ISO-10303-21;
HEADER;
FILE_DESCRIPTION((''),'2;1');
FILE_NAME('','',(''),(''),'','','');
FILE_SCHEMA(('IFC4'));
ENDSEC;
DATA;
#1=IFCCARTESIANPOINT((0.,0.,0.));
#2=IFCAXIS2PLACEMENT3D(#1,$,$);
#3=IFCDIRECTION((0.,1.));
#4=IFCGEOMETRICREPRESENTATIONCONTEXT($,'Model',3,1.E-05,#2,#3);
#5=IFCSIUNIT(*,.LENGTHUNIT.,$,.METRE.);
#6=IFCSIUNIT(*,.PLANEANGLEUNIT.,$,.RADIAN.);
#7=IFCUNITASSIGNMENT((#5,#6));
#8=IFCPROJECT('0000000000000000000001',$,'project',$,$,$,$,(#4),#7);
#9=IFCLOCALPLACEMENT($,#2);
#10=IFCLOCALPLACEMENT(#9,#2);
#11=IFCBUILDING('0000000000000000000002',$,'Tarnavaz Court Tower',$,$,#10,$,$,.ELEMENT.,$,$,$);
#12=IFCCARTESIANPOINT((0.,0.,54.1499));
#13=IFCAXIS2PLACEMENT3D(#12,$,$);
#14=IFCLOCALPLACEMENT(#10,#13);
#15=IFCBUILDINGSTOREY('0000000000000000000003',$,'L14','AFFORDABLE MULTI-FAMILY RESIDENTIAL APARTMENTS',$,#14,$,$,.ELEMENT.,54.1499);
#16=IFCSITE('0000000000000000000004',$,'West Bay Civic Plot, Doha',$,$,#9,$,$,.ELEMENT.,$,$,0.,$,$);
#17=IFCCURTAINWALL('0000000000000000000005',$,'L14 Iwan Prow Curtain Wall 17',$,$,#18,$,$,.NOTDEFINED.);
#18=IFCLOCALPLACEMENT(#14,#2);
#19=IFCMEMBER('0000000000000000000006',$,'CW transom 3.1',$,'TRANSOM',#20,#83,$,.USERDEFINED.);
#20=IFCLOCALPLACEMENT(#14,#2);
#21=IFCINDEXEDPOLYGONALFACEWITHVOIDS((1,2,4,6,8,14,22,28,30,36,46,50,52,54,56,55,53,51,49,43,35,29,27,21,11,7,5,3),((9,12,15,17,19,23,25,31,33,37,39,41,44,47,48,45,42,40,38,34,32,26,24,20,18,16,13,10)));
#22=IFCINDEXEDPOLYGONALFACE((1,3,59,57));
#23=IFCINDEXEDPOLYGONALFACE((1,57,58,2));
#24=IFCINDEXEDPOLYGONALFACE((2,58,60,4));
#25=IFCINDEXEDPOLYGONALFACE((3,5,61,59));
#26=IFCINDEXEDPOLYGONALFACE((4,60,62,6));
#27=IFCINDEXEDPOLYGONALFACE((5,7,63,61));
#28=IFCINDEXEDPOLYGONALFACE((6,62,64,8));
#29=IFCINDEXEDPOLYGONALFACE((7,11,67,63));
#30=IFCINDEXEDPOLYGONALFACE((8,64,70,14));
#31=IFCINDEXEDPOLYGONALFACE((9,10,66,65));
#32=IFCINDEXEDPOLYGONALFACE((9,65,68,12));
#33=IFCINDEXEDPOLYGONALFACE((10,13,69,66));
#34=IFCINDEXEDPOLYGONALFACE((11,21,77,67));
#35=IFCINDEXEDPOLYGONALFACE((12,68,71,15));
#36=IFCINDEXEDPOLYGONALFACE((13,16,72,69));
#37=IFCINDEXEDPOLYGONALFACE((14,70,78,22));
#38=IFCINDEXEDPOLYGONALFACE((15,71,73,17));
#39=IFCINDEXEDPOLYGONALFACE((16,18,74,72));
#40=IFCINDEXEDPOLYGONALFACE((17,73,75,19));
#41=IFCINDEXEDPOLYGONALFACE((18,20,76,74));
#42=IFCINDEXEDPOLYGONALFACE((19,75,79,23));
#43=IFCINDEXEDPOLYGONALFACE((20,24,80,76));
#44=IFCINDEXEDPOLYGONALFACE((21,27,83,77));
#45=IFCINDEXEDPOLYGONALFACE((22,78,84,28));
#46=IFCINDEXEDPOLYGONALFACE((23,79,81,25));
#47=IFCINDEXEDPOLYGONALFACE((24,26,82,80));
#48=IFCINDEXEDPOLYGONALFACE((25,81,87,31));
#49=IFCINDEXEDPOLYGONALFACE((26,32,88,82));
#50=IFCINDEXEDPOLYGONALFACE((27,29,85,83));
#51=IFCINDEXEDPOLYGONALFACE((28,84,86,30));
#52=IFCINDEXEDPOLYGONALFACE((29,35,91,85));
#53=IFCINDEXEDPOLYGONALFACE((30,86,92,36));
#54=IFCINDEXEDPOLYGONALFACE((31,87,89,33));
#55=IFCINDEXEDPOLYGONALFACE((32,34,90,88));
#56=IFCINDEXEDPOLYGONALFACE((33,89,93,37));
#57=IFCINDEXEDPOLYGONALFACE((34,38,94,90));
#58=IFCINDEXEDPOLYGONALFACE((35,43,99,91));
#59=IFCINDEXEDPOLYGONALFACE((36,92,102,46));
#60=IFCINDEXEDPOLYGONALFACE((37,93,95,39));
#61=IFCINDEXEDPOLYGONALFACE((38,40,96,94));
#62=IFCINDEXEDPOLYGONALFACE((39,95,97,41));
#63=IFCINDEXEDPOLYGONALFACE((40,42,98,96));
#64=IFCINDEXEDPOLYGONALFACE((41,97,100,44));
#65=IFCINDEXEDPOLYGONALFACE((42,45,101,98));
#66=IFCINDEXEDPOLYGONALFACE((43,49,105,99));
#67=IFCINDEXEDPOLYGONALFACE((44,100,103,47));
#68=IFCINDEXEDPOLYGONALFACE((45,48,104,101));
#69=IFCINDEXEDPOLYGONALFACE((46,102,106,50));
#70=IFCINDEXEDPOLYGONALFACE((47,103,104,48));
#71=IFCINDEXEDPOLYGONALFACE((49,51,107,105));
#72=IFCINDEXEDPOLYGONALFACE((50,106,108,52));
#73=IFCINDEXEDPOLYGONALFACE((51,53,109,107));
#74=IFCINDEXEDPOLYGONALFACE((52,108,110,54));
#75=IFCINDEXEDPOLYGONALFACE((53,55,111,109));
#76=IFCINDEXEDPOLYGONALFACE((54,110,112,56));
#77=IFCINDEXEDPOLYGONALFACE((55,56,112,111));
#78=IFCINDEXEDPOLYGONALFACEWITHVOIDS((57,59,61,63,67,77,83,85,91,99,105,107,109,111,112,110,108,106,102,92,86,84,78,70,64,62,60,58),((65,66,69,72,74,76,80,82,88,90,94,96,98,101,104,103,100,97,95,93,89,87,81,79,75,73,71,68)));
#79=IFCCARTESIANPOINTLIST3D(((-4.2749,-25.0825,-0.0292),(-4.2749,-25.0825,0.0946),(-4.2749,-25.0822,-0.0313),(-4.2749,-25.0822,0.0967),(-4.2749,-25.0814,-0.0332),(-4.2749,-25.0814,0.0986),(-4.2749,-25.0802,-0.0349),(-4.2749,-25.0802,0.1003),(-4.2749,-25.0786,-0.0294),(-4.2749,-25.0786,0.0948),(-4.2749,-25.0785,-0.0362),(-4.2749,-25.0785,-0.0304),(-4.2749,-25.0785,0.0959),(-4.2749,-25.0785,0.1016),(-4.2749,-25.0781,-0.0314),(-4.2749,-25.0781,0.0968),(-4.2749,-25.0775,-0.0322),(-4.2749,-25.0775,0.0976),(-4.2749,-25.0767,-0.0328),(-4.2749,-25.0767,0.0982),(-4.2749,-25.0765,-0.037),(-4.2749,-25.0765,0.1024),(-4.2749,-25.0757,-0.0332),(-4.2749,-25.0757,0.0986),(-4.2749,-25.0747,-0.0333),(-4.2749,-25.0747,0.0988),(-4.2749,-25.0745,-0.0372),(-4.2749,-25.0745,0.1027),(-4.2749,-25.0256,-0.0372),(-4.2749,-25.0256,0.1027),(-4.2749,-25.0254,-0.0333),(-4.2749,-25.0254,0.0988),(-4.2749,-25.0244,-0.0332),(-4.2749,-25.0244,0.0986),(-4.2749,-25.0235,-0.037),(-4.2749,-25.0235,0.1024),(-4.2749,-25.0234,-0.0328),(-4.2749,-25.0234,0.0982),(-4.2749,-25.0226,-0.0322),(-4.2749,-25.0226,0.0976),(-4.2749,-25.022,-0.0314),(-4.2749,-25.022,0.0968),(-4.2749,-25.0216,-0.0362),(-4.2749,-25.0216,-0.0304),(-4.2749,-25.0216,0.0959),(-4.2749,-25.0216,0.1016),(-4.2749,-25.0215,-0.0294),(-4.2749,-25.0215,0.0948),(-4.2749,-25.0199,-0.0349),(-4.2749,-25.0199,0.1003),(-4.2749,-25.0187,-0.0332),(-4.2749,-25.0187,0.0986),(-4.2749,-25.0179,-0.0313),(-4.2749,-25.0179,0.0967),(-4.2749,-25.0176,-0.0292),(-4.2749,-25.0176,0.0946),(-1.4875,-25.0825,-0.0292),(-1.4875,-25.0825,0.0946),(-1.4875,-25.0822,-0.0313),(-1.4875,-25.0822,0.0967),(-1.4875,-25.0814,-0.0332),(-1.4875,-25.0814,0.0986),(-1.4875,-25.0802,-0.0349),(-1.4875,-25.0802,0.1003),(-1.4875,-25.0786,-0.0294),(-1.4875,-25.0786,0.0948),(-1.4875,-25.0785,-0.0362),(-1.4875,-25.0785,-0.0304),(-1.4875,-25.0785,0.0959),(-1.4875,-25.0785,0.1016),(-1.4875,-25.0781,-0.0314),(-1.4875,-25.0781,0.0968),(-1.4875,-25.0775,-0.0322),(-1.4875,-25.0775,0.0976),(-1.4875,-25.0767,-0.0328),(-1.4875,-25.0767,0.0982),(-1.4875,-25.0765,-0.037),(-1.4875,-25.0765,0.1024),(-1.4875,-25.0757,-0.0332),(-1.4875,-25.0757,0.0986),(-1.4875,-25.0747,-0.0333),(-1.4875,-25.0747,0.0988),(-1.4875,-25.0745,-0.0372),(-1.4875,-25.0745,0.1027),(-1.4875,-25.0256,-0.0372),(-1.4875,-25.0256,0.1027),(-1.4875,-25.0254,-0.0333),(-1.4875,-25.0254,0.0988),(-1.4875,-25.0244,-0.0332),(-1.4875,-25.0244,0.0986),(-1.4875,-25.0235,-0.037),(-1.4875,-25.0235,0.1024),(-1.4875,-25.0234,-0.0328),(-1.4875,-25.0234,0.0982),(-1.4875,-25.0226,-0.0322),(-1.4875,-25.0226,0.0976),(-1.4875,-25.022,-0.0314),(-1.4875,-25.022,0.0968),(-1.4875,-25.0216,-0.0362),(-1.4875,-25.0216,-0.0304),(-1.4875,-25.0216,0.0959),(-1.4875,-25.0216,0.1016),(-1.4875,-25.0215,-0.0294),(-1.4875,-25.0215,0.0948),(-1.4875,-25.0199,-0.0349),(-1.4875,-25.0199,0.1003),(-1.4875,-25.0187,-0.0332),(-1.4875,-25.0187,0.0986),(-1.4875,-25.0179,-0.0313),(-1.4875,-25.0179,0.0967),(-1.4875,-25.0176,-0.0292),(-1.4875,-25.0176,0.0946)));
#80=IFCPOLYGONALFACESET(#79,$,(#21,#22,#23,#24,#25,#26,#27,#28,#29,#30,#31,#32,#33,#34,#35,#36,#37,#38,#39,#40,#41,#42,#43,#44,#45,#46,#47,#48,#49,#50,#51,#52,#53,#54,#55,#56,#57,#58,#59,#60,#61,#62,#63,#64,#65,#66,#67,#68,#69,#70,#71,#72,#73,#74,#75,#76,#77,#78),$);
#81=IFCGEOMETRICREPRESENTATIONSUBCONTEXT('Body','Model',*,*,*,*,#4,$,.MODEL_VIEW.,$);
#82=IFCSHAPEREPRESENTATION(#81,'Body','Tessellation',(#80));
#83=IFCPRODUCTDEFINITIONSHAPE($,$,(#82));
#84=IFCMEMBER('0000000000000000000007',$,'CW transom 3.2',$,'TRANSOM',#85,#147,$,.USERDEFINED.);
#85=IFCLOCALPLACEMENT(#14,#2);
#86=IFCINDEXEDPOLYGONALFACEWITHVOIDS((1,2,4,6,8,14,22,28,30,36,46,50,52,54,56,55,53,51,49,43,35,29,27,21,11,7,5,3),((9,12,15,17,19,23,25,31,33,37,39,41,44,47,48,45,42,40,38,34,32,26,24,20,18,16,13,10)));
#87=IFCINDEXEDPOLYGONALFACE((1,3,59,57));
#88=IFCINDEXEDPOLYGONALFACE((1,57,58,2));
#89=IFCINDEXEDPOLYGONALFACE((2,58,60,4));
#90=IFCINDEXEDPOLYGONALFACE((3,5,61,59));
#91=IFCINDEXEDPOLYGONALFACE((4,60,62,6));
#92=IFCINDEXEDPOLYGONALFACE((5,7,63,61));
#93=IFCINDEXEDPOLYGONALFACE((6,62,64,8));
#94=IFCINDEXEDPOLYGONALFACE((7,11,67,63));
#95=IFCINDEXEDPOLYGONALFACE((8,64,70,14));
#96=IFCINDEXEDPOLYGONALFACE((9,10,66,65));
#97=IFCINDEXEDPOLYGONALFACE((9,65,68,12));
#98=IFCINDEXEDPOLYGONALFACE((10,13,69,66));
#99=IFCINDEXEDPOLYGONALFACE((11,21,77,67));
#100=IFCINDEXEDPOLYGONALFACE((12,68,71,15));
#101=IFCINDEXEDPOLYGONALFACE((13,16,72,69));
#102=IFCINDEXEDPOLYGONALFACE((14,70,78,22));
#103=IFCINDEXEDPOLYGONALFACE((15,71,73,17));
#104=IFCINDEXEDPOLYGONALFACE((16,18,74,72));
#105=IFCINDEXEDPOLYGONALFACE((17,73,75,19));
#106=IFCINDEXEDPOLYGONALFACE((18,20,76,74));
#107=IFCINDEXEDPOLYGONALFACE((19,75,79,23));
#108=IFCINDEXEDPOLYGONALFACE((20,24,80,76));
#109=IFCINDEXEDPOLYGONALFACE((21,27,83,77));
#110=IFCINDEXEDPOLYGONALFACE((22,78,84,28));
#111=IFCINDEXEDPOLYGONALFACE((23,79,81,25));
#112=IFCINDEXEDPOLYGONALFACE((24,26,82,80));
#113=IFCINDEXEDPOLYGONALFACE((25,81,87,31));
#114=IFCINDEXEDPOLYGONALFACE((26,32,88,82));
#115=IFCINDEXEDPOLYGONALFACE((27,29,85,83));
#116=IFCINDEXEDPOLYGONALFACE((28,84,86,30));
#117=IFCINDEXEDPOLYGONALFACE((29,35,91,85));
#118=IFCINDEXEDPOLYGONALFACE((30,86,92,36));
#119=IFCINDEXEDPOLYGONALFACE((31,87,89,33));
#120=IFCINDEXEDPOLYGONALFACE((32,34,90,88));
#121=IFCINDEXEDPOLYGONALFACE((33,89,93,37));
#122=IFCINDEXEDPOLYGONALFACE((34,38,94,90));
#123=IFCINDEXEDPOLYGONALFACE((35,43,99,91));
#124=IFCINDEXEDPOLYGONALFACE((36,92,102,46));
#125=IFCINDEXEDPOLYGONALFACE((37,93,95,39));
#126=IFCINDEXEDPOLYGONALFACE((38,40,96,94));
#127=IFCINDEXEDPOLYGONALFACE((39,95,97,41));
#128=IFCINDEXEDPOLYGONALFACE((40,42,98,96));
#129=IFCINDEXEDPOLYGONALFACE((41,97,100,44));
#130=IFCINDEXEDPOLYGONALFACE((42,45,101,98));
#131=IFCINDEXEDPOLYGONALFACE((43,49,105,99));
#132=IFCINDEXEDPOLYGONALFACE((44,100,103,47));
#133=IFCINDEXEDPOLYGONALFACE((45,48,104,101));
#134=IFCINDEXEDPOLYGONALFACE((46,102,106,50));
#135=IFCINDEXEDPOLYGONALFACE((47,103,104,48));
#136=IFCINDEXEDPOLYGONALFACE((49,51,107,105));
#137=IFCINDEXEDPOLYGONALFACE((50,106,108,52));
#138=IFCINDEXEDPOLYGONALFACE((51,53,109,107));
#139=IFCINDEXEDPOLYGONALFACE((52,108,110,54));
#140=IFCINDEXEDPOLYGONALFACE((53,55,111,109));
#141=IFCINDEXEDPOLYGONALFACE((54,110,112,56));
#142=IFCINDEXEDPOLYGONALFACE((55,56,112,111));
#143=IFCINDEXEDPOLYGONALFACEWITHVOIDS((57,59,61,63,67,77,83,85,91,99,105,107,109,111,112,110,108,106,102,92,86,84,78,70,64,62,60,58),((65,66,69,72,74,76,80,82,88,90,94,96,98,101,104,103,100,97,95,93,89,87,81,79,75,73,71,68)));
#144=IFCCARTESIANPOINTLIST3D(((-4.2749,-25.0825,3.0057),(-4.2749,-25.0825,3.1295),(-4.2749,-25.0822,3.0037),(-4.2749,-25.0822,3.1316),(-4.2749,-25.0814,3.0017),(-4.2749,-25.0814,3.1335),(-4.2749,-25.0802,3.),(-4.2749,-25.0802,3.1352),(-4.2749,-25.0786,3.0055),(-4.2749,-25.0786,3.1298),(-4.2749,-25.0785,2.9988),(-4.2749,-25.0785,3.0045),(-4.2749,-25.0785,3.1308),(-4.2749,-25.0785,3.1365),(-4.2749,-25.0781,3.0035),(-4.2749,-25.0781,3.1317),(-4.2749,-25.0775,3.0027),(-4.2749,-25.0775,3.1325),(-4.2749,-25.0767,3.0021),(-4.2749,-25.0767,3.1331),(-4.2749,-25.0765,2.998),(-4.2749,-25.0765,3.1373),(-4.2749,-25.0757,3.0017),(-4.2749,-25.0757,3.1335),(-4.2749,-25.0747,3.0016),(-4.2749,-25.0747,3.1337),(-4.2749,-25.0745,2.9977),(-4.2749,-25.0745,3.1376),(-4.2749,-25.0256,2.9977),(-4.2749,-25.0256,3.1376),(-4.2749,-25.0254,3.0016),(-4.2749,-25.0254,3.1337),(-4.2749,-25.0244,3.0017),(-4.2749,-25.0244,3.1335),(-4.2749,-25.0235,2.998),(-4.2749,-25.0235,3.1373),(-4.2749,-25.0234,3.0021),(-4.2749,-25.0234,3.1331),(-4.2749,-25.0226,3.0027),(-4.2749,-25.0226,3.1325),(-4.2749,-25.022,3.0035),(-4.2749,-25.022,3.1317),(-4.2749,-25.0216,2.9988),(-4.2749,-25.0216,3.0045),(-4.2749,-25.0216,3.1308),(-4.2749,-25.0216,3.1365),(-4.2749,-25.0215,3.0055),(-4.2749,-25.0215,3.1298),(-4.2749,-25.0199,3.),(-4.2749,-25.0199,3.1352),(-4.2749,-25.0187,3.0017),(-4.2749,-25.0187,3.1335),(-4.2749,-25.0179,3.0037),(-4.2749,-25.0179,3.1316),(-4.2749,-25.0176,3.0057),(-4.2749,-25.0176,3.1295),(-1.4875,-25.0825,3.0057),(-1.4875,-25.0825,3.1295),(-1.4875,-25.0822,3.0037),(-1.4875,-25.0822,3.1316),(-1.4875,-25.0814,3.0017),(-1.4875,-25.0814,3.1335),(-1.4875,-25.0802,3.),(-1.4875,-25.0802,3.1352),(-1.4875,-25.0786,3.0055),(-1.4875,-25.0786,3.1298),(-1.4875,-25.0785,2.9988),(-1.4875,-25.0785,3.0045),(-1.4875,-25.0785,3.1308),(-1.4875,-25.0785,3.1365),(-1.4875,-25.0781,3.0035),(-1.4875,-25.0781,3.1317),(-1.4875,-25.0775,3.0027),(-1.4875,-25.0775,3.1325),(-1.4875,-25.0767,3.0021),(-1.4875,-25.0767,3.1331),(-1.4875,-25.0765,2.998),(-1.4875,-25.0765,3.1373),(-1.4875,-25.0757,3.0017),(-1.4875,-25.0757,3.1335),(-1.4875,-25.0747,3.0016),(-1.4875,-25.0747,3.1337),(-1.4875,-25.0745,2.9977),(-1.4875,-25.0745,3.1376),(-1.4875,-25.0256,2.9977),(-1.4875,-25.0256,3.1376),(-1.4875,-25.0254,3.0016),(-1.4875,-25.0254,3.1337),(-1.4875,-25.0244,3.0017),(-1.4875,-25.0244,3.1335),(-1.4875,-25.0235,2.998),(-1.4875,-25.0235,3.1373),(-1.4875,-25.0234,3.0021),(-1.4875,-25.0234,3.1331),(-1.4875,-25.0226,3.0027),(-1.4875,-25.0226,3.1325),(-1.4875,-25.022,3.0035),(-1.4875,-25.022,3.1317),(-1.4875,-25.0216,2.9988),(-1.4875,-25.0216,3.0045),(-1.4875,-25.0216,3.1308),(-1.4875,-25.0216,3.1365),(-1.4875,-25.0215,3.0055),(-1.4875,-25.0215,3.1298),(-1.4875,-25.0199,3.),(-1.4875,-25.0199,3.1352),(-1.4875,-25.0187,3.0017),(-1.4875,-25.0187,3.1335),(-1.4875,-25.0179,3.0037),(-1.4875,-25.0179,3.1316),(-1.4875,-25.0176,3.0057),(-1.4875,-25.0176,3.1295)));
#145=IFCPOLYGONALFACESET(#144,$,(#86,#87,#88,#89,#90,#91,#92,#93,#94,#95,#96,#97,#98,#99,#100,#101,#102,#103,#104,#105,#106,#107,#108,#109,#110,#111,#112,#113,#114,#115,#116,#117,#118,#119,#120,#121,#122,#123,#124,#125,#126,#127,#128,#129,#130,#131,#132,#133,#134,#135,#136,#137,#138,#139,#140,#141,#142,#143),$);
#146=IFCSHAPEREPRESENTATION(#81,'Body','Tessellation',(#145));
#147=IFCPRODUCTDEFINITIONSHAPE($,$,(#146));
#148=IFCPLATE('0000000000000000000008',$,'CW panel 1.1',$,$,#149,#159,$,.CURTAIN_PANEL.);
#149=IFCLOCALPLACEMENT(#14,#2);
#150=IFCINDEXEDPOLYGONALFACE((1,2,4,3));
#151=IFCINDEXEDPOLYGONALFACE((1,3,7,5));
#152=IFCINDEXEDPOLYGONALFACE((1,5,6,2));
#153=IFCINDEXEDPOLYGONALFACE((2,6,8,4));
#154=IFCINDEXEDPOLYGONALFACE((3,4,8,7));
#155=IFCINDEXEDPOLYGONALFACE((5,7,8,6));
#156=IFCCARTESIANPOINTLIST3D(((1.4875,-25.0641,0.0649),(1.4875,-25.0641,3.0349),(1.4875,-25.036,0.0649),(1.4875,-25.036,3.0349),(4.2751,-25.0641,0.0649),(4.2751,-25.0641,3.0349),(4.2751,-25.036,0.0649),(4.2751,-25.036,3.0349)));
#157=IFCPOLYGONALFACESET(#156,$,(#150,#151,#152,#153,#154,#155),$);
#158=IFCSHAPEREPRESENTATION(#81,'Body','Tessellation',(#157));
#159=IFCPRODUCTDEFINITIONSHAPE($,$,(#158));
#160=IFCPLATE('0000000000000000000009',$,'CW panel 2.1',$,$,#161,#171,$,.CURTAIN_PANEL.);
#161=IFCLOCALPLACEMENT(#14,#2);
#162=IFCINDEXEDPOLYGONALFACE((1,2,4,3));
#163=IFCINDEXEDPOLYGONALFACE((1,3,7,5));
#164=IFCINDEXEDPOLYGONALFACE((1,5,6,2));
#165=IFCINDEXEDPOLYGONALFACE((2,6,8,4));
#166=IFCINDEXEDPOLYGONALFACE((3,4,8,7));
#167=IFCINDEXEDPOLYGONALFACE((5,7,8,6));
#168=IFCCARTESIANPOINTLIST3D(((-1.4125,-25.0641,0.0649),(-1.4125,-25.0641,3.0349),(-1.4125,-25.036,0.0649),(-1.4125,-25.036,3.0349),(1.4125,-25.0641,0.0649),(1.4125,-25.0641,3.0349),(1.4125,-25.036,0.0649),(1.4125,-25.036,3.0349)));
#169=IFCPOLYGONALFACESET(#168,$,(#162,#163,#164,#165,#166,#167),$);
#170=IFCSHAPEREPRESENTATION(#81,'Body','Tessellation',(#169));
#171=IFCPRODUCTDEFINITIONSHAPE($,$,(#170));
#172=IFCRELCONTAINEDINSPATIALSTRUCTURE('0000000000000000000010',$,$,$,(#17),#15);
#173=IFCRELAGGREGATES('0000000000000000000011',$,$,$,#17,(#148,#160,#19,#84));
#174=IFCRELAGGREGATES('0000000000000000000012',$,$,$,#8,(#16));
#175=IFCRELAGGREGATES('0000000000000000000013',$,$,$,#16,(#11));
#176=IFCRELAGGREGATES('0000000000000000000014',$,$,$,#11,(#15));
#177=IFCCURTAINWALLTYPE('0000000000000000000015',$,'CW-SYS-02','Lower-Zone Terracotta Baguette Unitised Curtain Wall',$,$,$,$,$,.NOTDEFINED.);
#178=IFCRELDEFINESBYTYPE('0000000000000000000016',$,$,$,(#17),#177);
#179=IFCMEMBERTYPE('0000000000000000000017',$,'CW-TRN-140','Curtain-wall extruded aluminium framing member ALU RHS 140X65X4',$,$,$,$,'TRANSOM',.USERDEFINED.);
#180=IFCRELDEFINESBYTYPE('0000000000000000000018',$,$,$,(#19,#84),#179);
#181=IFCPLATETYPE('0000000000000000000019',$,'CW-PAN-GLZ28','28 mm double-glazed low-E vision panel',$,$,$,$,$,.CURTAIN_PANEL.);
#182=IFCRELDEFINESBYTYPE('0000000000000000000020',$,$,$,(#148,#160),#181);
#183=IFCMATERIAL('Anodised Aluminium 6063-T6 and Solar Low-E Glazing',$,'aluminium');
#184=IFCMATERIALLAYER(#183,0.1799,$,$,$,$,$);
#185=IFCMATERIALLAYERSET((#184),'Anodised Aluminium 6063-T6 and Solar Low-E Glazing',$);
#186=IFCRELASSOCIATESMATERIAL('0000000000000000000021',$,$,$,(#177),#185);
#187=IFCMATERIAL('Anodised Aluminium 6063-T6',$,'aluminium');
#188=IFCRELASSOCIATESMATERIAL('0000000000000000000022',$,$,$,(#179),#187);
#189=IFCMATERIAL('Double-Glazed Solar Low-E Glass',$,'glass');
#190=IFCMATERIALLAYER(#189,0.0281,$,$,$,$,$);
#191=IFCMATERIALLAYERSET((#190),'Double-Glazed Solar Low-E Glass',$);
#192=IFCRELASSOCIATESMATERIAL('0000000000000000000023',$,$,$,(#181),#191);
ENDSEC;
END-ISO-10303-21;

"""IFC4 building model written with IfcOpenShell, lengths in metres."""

from ifc_helpers import new_model, si_unit, direction, frame, origin, origin_2d, place, context, subcontext, project, spatial, rectangle, hollow_rectangle, extrude, material, layer, layer_set, material_profile, profile_set, type_object, element, aggregate, save


model = new_model("IFC4")

# Units and contexts
model_context = context("Model", 3, precision=1e-05, world=origin(), true_north=direction((0.0, 1.0)))
body_context = subcontext(model_context, "Body", "Model", "MODEL_VIEW")
ifc_project = project(units=[si_unit("LENGTHUNIT", "METRE"), si_unit("PLANEANGLEUNIT", "RADIAN")], contexts=[model_context])

# Site, building, storey
site_placement = place(None, origin())
site = spatial("IfcSite", under=ifc_project, at=site_placement, Name="West Bay Civic Plot, Doha", CompositionType="ELEMENT", RefElevation=0.0)
building_placement = place(site_placement, origin())
building = spatial("IfcBuilding", under=site, at=building_placement, Name="Tarnavaz Court Tower", CompositionType="ELEMENT")
storey_placement = place(building_placement, frame((0.0, 0.0, 54.1499)))
storey = spatial("IfcBuildingStorey", under=building, at=storey_placement, Name="L14", Description="AFFORDABLE MULTI-FAMILY RESIDENTIAL APARTMENTS", CompositionType="ELEMENT", Elevation=54.1499)

# Curtain wall, members, plates
ifc_material_1 = material(Name="Anodised Aluminium 6063-T6 and Solar Low-E Glazing", Category="aluminium")
ifc_layer_1 = layer(ifc_material_1, 0.1799)
ifc_layer_set_1 = layer_set([ifc_layer_1], Name="Anodised Aluminium 6063-T6 and Solar Low-E Glazing")
curtain_wall_type = type_object("IfcCurtainWallType", Name="CW-SYS-02", Description="Lower-Zone Terracotta Baguette Unitised Curtain Wall", PredefinedType="NOTDEFINED", material=ifc_layer_set_1)
curtain_wall_placement = place(storey_placement, origin())
curtain_wall = element("IfcCurtainWall", 1, at=curtain_wall_placement, inside=storey, type_object=curtain_wall_type, Name="L14 Iwan Prow Curtain Wall 17", PredefinedType="NOTDEFINED")
ifc_material_2 = material(Name="Anodised Aluminium 6063-T6", Category="aluminium")
ifc_material_profile_1 = material_profile(ifc_material_2, hollow_rectangle(XDim=0.0649, YDim=0.1399, WallThickness=0.0039, InnerFilletRadius=0.0039, OuterFilletRadius=0.0081, at=origin_2d()), Name="ALU RHS 140X65X4")
ifc_profile_set_1 = profile_set([ifc_material_profile_1], Name="Anodised Aluminium 6063-T6")
member_type_1 = type_object("IfcMemberType", Name="CW-TRN-140", Description="Curtain-wall extruded aluminium framing member ALU RHS 140X65X4", ElementType="TRANSOM", PredefinedType="USERDEFINED", material=ifc_profile_set_1)
member_1_placement = place(storey_placement, frame((-1.4875, -25.05, 0.0327), z_axis=(-1.0, 0.0, 0.0), x_axis=(0.0, -1.0, 0.0)))
member_1 = element("IfcMember", 2, at=member_1_placement, type_object=member_type_1, Name="CW transom 3.1", ObjectType="TRANSOM", PredefinedType="USERDEFINED", context=body_context, shape_type="SweptSolid", body=[
    extrude(hollow_rectangle(XDim=0.0649, YDim=0.1399, WallThickness=0.0039, InnerFilletRadius=0.0039, OuterFilletRadius=0.0081, at=origin_2d()), origin(), (0.0, 0.0, 1.0), 2.7874),
])
member_2_placement = place(storey_placement, frame((-1.4875, -25.05, 3.0676), z_axis=(-1.0, 0.0, 0.0), x_axis=(0.0, -1.0, 0.0)))
member_2 = element("IfcMember", 3, at=member_2_placement, type_object=member_type_1, Name="CW transom 3.2", ObjectType="TRANSOM", PredefinedType="USERDEFINED", context=body_context, shape_type="SweptSolid", body=[
    extrude(hollow_rectangle(XDim=0.0649, YDim=0.1399, WallThickness=0.0039, InnerFilletRadius=0.0039, OuterFilletRadius=0.0081, at=origin_2d()), origin(), (0.0, 0.0, 1.0), 2.7874),
])
ifc_material_3 = material(Name="Double-Glazed Solar Low-E Glass", Category="glass")
ifc_layer_2 = layer(ifc_material_3, 0.0281)
ifc_layer_set_2 = layer_set([ifc_layer_2], Name="Double-Glazed Solar Low-E Glass")
plate_type = type_object("IfcPlateType", Name="CW-PAN-GLZ28", Description="28 mm double-glazed low-E vision panel", PredefinedType="CURTAIN_PANEL", material=ifc_layer_set_2)
plate_1_placement = place(storey_placement, frame((2.8813, -25.05, 0.0649), z_axis=(0.0, 0.0, 1.0), x_axis=(-1.0, 0.0, 0.0)))
plate_1 = element("IfcPlate", 4, at=plate_1_placement, type_object=plate_type, Name="CW panel 1.1", PredefinedType="CURTAIN_PANEL", context=body_context, shape_type="SweptSolid", body=[
    extrude(rectangle(XDim=2.7876, YDim=0.0281, at=origin_2d()), origin(), (0.0, 0.0, 1.0), 2.97),
])
plate_2_placement = place(storey_placement, frame((0.0, -25.05, 0.0649), z_axis=(0.0, 0.0, 1.0), x_axis=(-1.0, 0.0, 0.0)))
plate_2 = element("IfcPlate", 5, at=plate_2_placement, type_object=plate_type, Name="CW panel 2.1", PredefinedType="CURTAIN_PANEL", context=body_context, shape_type="SweptSolid", body=[
    extrude(rectangle(XDim=2.825, YDim=0.0281, at=origin_2d()), origin(), (0.0, 0.0, 1.0), 2.97),
])
aggregate(curtain_wall, [plate_1, plate_2, member_1, member_2])

save(model, "model.ifc")
